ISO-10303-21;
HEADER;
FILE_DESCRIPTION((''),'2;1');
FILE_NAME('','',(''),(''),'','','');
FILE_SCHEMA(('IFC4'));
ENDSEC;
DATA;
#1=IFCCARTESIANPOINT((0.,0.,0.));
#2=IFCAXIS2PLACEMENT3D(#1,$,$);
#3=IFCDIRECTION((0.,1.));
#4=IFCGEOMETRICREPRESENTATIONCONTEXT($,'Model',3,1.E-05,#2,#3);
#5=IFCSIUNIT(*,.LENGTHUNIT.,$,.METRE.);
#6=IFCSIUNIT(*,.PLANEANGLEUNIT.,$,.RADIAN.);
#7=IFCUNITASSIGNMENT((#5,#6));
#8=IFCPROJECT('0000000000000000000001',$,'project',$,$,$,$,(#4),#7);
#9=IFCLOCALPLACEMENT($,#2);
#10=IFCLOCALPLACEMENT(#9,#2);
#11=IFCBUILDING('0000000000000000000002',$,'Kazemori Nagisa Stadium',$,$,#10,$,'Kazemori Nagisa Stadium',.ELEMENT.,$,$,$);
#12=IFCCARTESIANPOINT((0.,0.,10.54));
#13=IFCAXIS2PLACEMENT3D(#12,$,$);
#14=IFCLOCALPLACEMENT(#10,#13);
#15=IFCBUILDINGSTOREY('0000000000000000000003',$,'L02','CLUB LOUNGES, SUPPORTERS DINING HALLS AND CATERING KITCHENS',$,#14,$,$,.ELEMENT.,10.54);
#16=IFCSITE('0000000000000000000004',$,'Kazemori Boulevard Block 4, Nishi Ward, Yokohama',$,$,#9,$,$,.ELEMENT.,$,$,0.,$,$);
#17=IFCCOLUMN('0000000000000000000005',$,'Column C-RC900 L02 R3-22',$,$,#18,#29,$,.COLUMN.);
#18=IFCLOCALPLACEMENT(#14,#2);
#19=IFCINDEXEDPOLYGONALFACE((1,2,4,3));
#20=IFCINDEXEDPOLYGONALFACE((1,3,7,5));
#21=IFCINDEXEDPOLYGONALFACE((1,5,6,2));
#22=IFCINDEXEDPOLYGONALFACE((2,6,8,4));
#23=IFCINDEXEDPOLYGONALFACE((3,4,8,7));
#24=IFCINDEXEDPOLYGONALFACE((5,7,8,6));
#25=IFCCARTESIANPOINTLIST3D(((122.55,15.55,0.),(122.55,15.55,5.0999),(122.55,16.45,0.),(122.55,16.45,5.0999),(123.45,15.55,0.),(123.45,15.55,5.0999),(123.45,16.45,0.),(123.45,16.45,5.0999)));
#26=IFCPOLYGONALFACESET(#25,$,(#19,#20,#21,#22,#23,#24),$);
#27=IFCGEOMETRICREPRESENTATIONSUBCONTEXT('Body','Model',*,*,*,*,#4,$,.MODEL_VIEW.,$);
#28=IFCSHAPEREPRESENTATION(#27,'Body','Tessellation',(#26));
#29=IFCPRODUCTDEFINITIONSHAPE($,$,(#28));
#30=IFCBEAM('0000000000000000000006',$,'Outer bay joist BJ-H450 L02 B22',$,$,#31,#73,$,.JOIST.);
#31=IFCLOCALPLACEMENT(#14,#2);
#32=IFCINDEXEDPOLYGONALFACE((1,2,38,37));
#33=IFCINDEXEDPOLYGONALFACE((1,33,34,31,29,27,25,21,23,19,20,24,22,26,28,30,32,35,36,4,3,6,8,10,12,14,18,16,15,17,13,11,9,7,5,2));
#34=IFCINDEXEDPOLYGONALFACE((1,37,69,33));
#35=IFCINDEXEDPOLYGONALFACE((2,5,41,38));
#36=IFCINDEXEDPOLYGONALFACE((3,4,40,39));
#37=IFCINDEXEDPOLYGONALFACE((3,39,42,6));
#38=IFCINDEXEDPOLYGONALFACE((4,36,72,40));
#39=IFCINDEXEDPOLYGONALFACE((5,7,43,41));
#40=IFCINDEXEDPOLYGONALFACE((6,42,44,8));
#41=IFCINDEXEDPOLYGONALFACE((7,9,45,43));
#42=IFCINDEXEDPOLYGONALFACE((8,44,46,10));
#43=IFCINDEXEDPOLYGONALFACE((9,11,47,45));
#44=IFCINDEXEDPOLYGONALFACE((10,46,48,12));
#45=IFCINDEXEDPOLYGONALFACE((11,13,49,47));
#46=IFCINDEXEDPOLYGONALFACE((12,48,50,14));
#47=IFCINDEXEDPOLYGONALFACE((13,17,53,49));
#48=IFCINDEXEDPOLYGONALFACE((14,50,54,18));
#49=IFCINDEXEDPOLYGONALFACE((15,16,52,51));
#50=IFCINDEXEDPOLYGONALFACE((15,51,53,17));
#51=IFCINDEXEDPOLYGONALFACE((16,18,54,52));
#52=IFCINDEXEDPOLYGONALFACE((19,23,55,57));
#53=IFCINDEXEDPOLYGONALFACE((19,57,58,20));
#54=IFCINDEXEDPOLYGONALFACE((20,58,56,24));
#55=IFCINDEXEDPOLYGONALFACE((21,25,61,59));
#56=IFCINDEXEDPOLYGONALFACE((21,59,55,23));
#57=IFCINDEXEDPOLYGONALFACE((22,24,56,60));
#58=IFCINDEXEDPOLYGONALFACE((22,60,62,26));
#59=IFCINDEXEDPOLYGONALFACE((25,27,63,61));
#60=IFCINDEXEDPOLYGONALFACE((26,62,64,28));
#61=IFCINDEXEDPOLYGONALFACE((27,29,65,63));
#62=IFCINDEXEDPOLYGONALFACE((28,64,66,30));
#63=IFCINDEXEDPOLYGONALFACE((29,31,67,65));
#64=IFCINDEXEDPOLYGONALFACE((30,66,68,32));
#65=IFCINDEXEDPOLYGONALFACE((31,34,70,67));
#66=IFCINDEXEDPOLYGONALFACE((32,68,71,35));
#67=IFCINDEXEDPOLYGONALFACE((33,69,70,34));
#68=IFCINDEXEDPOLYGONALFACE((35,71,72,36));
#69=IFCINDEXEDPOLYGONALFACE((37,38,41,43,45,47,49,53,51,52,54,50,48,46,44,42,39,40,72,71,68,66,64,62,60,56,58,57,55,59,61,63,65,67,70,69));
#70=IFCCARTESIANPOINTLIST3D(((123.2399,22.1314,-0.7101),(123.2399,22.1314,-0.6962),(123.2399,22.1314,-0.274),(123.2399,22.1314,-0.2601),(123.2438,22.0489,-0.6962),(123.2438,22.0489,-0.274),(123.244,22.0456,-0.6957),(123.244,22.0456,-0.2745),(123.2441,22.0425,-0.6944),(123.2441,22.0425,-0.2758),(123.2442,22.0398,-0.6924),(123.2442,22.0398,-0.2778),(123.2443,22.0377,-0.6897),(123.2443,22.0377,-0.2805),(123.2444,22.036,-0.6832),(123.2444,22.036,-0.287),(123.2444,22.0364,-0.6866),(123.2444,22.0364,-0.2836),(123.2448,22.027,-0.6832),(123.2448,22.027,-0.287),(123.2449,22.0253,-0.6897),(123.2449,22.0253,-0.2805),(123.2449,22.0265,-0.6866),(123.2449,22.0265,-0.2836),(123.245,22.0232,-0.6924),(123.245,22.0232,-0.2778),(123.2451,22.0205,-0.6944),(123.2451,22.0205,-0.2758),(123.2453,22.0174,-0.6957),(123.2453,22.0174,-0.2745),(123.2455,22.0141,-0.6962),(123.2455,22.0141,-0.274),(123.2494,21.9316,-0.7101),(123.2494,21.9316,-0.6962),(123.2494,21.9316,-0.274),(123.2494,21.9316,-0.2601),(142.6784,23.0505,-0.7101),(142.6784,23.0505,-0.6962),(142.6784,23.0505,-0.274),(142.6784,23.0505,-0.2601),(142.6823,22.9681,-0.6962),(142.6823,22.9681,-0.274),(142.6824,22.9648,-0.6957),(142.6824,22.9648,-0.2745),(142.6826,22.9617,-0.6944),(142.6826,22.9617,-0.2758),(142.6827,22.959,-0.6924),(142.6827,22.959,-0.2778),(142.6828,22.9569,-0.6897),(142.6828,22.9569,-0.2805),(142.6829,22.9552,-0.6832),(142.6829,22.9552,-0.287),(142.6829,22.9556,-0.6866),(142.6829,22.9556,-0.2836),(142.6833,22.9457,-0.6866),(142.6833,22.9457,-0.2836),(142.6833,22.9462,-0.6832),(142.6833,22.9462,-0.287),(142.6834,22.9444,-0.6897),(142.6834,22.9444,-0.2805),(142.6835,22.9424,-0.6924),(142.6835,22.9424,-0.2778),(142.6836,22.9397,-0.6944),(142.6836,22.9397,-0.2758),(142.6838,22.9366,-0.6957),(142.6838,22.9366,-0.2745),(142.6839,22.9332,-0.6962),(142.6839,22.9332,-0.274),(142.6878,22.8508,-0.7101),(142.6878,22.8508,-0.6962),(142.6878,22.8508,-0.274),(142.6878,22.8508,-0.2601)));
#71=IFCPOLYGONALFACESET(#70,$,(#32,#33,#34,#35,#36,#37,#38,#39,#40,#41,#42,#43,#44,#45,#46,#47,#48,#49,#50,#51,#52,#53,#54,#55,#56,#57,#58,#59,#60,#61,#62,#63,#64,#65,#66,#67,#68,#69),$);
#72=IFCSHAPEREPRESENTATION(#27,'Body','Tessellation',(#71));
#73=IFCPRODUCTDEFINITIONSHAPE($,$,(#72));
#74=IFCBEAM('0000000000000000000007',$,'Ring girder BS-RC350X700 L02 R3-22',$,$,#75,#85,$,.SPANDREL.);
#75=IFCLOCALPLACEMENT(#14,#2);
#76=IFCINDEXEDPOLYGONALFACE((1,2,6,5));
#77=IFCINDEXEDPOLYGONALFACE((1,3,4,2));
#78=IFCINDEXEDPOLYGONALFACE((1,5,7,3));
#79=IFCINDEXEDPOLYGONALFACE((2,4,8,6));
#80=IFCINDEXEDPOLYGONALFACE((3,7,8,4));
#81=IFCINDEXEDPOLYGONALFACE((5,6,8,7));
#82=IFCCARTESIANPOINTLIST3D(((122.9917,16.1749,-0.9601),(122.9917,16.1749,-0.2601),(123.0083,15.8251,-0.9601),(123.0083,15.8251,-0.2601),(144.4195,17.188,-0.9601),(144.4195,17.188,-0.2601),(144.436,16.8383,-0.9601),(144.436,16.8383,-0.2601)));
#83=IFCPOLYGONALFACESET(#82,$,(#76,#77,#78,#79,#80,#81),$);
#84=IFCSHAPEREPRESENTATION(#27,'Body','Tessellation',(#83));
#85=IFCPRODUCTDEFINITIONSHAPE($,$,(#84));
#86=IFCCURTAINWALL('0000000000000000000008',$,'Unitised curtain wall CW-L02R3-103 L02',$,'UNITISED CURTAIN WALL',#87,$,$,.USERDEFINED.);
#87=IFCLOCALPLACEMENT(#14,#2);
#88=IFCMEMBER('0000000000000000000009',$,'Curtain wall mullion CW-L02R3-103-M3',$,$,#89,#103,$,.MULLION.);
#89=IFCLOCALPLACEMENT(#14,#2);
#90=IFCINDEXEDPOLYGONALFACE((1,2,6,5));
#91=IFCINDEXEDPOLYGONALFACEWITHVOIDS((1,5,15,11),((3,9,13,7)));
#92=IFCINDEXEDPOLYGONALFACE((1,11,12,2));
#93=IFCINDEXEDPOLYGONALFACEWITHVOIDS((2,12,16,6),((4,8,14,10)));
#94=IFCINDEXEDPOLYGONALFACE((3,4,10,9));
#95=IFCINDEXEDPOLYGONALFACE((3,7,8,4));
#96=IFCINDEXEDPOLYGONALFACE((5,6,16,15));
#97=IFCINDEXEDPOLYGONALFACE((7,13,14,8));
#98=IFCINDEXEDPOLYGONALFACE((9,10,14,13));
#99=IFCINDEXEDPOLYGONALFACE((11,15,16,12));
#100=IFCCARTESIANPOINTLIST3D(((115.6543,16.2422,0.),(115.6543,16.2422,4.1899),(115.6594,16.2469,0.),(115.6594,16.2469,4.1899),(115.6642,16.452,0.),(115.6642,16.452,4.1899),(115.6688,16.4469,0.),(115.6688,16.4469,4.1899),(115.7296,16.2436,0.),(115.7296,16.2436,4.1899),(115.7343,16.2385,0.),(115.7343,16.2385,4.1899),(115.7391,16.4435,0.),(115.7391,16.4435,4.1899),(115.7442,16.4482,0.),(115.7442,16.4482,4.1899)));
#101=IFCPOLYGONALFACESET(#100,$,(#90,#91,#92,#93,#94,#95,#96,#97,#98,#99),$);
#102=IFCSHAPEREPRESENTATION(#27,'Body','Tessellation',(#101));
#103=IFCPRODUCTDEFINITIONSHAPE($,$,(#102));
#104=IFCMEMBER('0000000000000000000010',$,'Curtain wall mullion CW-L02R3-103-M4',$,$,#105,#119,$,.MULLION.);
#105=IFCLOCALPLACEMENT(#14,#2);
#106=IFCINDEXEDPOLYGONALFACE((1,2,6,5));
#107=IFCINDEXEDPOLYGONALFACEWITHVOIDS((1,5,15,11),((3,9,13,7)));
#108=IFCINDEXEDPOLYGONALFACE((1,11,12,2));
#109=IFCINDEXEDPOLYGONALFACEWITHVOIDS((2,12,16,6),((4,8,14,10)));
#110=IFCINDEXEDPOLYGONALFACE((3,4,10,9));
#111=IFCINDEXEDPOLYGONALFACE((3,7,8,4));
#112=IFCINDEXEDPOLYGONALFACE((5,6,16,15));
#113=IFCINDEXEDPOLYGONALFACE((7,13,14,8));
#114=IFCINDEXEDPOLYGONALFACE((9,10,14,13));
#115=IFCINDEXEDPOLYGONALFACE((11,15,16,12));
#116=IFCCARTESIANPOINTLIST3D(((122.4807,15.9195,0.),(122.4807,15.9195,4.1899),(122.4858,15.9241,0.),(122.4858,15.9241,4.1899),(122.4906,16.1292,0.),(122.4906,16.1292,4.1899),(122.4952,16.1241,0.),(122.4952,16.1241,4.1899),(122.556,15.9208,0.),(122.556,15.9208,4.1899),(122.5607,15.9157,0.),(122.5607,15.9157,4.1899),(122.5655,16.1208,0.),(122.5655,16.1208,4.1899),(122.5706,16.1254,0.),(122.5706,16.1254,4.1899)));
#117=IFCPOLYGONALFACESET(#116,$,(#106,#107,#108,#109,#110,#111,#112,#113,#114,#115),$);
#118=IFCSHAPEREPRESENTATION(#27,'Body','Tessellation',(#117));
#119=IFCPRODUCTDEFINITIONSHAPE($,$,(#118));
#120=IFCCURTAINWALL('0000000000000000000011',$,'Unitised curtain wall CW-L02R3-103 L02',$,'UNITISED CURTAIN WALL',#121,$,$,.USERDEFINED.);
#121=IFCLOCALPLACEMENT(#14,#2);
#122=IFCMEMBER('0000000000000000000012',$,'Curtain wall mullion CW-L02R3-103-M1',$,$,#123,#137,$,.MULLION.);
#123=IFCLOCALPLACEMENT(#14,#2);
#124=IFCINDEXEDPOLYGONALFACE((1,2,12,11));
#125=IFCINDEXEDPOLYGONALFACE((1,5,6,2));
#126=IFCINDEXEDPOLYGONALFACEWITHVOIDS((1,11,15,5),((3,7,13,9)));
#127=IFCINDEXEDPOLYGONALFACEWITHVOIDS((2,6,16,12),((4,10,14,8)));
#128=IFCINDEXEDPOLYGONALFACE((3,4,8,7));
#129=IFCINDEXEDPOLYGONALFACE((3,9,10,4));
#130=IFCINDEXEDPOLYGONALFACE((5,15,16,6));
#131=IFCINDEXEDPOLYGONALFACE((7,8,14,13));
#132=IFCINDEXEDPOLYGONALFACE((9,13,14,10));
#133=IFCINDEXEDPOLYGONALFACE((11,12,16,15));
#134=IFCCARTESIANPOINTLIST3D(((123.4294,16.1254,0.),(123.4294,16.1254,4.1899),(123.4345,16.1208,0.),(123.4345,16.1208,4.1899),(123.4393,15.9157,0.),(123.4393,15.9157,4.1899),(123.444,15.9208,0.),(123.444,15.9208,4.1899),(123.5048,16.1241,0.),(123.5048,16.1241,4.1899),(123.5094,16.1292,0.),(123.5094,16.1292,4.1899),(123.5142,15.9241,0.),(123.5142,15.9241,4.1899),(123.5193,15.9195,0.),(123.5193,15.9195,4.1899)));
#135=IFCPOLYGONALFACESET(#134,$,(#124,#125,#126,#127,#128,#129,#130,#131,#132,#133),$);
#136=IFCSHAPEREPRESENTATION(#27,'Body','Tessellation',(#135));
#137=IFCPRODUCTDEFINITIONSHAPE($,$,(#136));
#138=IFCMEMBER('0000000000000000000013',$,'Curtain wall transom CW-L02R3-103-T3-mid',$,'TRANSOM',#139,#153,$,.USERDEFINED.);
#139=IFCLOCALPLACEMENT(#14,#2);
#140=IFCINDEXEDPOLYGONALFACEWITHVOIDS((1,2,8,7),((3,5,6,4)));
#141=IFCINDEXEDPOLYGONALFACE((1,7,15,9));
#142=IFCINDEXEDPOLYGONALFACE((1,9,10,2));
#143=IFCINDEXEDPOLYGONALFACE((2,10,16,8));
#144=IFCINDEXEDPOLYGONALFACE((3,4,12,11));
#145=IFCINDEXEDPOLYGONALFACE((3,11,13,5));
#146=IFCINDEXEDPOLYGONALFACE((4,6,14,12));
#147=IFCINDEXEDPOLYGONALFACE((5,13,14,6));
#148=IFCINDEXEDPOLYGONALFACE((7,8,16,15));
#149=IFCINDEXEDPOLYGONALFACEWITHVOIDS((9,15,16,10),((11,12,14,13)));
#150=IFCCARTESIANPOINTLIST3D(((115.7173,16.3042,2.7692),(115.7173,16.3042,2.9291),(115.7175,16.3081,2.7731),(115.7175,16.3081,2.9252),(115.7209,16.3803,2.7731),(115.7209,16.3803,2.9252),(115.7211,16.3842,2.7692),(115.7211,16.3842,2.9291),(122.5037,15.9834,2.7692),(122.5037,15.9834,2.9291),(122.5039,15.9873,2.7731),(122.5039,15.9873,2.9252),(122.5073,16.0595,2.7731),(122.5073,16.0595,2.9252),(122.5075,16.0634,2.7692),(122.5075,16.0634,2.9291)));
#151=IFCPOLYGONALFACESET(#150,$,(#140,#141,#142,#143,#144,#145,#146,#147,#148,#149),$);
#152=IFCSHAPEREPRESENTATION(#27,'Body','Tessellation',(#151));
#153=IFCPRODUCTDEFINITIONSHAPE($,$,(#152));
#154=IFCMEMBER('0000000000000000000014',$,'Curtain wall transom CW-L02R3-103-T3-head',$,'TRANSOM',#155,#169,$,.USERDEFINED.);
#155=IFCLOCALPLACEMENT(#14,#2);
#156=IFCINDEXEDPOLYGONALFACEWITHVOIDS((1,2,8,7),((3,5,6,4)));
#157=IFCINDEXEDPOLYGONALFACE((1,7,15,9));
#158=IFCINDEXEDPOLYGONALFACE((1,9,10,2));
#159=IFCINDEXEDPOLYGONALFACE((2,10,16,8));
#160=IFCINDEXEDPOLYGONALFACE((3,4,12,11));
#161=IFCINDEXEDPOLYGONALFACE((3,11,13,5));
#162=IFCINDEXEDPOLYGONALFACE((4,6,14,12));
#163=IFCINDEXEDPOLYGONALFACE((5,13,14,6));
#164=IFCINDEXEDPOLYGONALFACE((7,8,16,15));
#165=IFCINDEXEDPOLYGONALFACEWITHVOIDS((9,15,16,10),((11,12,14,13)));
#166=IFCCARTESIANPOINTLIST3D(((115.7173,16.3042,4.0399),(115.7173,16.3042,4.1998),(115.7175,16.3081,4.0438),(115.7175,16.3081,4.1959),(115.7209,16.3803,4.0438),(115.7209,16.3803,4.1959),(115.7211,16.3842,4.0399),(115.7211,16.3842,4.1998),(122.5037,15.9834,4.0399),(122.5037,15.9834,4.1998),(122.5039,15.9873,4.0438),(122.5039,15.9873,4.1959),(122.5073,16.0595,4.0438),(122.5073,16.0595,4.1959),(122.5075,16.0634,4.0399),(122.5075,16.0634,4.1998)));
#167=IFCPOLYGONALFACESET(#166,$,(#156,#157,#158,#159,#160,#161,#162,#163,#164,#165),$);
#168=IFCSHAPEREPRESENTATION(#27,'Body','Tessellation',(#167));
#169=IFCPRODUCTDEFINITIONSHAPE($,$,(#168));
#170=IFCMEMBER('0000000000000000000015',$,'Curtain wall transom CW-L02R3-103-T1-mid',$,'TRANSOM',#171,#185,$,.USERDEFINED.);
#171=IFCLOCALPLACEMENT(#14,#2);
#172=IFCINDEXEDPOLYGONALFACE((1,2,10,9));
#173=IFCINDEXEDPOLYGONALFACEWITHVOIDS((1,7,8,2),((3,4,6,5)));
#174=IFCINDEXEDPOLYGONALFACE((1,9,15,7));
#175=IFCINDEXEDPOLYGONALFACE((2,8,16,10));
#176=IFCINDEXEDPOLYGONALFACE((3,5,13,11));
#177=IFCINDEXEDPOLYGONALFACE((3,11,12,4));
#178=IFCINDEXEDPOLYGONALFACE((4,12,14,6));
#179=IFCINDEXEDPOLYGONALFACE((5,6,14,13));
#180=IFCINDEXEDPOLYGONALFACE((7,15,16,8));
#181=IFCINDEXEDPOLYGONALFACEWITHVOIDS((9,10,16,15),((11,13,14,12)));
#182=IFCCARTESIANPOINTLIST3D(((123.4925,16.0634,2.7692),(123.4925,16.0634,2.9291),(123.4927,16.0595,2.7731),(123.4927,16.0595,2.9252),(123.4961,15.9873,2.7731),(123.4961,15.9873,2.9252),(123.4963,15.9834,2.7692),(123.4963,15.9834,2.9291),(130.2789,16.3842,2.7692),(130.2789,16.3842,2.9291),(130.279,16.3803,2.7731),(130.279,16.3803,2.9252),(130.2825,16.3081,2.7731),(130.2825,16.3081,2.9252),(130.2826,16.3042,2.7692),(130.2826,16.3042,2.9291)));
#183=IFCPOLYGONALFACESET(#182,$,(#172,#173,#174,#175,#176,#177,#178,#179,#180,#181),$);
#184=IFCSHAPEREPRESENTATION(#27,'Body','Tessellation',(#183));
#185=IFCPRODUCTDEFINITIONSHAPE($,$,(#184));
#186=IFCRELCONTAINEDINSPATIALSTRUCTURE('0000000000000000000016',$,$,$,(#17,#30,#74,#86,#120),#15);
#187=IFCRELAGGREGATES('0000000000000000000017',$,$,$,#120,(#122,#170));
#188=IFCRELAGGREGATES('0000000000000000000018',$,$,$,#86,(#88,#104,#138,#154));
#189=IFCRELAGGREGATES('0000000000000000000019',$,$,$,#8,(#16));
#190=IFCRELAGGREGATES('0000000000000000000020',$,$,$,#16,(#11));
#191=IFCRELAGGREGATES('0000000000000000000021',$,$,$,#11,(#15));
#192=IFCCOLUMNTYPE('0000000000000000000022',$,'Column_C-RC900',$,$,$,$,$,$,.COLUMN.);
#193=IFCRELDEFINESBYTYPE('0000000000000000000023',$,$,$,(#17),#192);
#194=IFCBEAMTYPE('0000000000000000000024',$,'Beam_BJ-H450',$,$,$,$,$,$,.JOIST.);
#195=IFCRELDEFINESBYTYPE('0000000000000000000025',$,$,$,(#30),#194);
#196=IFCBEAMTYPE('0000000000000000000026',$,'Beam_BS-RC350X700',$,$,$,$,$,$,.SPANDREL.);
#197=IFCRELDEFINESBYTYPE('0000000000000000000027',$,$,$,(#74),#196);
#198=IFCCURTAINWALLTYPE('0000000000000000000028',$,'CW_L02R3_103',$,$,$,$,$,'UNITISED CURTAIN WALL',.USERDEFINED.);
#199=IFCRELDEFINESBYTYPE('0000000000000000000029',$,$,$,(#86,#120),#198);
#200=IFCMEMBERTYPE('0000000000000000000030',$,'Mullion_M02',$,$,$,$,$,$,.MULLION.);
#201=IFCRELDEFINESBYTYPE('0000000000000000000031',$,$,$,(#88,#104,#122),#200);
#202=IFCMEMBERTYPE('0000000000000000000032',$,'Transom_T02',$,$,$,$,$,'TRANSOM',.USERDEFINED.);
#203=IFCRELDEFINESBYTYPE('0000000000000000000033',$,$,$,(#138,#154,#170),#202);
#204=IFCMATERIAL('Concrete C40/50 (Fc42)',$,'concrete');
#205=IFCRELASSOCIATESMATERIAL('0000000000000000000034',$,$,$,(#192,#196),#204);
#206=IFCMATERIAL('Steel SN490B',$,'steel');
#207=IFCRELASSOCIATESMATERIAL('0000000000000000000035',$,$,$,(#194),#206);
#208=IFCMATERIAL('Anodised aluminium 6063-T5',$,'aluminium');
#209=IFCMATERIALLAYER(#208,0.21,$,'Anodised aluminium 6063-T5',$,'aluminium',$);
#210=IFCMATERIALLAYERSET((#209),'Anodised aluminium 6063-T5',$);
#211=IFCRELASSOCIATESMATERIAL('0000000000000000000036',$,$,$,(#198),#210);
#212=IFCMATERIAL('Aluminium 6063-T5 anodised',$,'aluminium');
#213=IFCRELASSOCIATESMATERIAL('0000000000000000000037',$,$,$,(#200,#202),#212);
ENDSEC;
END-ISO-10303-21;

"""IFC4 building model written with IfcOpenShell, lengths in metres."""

from ifc_helpers import new_model, si_unit, direction, frame, origin, origin_2d, place, context, subcontext, project, spatial, rectangle, hollow_rectangle, i_section, extrude, material, layer, layer_set, material_profile, profile_set, type_object, element, aggregate, save


model = new_model("IFC4")

# Units and contexts
model_context = context("Model", 3, precision=1e-05, world=origin(), true_north=direction((0.0, 1.0)))
body_context = subcontext(model_context, "Body", "Model", "MODEL_VIEW")
ifc_project = project(units=[si_unit("LENGTHUNIT", "METRE"), si_unit("PLANEANGLEUNIT", "RADIAN")], contexts=[model_context])

# Site, building, storey
site_placement = place(None, origin())
site = spatial("IfcSite", under=ifc_project, at=site_placement, Name="Kazemori Boulevard Block 4, Nishi Ward, Yokohama", CompositionType="ELEMENT", RefElevation=0.0)
building_placement = place(site_placement, origin())
building = spatial("IfcBuilding", under=site, at=building_placement, Name="Kazemori Nagisa Stadium", LongName="Kazemori Nagisa Stadium", CompositionType="ELEMENT")
storey_placement = place(building_placement, frame((0.0, 0.0, 10.54)))
storey = spatial("IfcBuildingStorey", under=building, at=storey_placement, Name="L02", Description="CLUB LOUNGES, SUPPORTERS DINING HALLS AND CATERING KITCHENS", CompositionType="ELEMENT", Elevation=10.54)

# Column
ifc_material_1 = material(Name="Concrete C40/50 (Fc42)", Category="concrete")
ifc_material_profile_1 = material_profile(ifc_material_1, rectangle(XDim=0.8999, YDim=0.8999, at=origin_2d()), Name="RC-COL-900x900")
ifc_profile_set_1 = profile_set([ifc_material_profile_1], Name="Concrete C40/50 (Fc42)")
column_type = type_object("IfcColumnType", Name="Column_C-RC900", PredefinedType="COLUMN", material=ifc_profile_set_1)
column_placement = place(storey_placement, frame((123.0, 16.0, 0.0), z_axis=(0.0, 0.0, 1.0), x_axis=(0.0, -1.0, 0.0)))
element("IfcColumn", 1, at=column_placement, inside=storey, type_object=column_type, Name="Column C-RC900 L02 R3-22", PredefinedType="COLUMN", context=body_context, shape_type="SweptSolid", body=[
    extrude(rectangle(XDim=0.8999, YDim=0.8999, at=origin_2d()), origin(), (0.0, 0.0, 1.0), 5.0999),
])

# Beams
ifc_material_2 = material(Name="Steel SN490B", Category="steel")
ifc_material_profile_2 = material_profile(ifc_material_2, i_section(OverallWidth=0.2, OverallDepth=0.45, WebThickness=0.009, FlangeThickness=0.0139, FilletRadius=0.0129, at=origin_2d()), Name="H-450x200x9x14")
ifc_profile_set_2 = profile_set([ifc_material_profile_2], Name="Steel SN490B")
beam_type_1 = type_object("IfcBeamType", Name="Beam_BJ-H450", PredefinedType="JOIST", material=ifc_profile_set_2)
beam_1_placement = place(storey_placement, frame((123.2446, 22.0315, -0.4851), z_axis=(0.998884, 0.047234, 0.0), x_axis=(-0.047234, 0.998884, 0.0)))
element("IfcBeam", 2, at=beam_1_placement, inside=storey, type_object=beam_type_1, Name="Outer bay joist BJ-H450 L02 B22", PredefinedType="JOIST", context=body_context, shape_type="SweptSolid", body=[
    extrude(i_section(OverallWidth=0.2, OverallDepth=0.45, WebThickness=0.009, FlangeThickness=0.0139, FilletRadius=0.0129, at=origin_2d()), origin(), (0.0, 0.0, 1.0), 19.4602),
])
ifc_material_profile_3 = material_profile(ifc_material_1, rectangle(XDim=0.3501, YDim=0.7, at=origin_2d()), Name="RC-SP-350x700")
ifc_profile_set_3 = profile_set([ifc_material_profile_3], Name="Concrete C40/50 (Fc42)")
beam_type_2 = type_object("IfcBeamType", Name="Beam_BS-RC350X700", PredefinedType="SPANDREL", material=ifc_profile_set_3)
beam_2_placement = place(storey_placement, frame((123.0, 16.0, -0.6101), z_axis=(0.998884, 0.047231, 0.0), x_axis=(-0.047231, 0.998884, 0.0)))
element("IfcBeam", 3, at=beam_2_placement, inside=storey, type_object=beam_type_2, Name="Ring girder BS-RC350X700 L02 R3-22", PredefinedType="SPANDREL", context=body_context, shape_type="SweptSolid", body=[
    extrude(rectangle(XDim=0.3501, YDim=0.7, at=origin_2d()), origin(), (0.0, 0.0, 1.0), 21.4517),
])

# Curtain wall, members
ifc_material_3 = material(Name="Anodised aluminium 6063-T5", Category="aluminium")
ifc_layer_1 = layer(ifc_material_3, 0.21, Name="Anodised aluminium 6063-T5", Category="aluminium")
ifc_layer_set_1 = layer_set([ifc_layer_1], Name="Anodised aluminium 6063-T5")
curtain_wall_type = type_object("IfcCurtainWallType", Name="CW_L02R3_103", ElementType="UNITISED CURTAIN WALL", PredefinedType="USERDEFINED", material=ifc_layer_set_1)
curtain_wall_1_placement = place(storey_placement, origin())
curtain_wall_1 = element("IfcCurtainWall", 4, at=curtain_wall_1_placement, inside=storey, type_object=curtain_wall_type, Name="Unitised curtain wall CW-L02R3-103 L02", ObjectType="UNITISED CURTAIN WALL", PredefinedType="USERDEFINED")
ifc_material_4 = material(Name="Aluminium 6063-T5 anodised", Category="aluminium")
ifc_material_profile_4 = material_profile(ifc_material_4, hollow_rectangle(XDim=0.0801, YDim=0.21, WallThickness=0.0049, at=origin_2d()), Name="ALU-MULL-80x210x5")
ifc_profile_set_4 = profile_set([ifc_material_profile_4], Name="Aluminium 6063-T5 anodised")
member_type_1 = type_object("IfcMemberType", Name="Mullion_M02", PredefinedType="MULLION", material=ifc_profile_set_4)
member_1_placement = place(storey_placement, frame((115.6992, 16.3452, 0.0), z_axis=(0.0, 0.0, 1.0), x_axis=(0.998884, -0.04723, 0.0)))
member_1 = element("IfcMember", 5, at=member_1_placement, type_object=member_type_1, Name="Curtain wall mullion CW-L02R3-103-M3", PredefinedType="MULLION", context=body_context, shape_type="SweptSolid", body=[
    extrude(hollow_rectangle(XDim=0.0801, YDim=0.21, WallThickness=0.0049, at=origin_2d()), origin(), (0.0, 0.0, 1.0), 4.1899),
])
member_2_placement = place(storey_placement, frame((122.5256, 16.0225, 0.0), z_axis=(0.0, 0.0, 1.0), x_axis=(0.998884, -0.04723, 0.0)))
member_2 = element("IfcMember", 6, at=member_2_placement, type_object=member_type_1, Name="Curtain wall mullion CW-L02R3-103-M4", PredefinedType="MULLION", context=body_context, shape_type="SweptSolid", body=[
    extrude(hollow_rectangle(XDim=0.0801, YDim=0.21, WallThickness=0.0049, at=origin_2d()), origin(), (0.0, 0.0, 1.0), 4.1899),
])

# Curtain wall, member
curtain_wall_2_placement = place(storey_placement, origin())
curtain_wall_2 = element("IfcCurtainWall", 7, at=curtain_wall_2_placement, inside=storey, type_object=curtain_wall_type, Name="Unitised curtain wall CW-L02R3-103 L02", ObjectType="UNITISED CURTAIN WALL", PredefinedType="USERDEFINED")
member_3_placement = place(storey_placement, frame((123.4744, 16.0225, 0.0), z_axis=(0.0, 0.0, 1.0), x_axis=(0.998884, 0.04723, 0.0)))
member_3 = element("IfcMember", 8, at=member_3_placement, type_object=member_type_1, Name="Curtain wall mullion CW-L02R3-103-M1", PredefinedType="MULLION", context=body_context, shape_type="SweptSolid", body=[
    extrude(hollow_rectangle(XDim=0.0801, YDim=0.21, WallThickness=0.0049, at=origin_2d()), origin(), (0.0, 0.0, 1.0), 4.1899),
])

# Members
ifc_material_profile_5 = material_profile(ifc_material_4, hollow_rectangle(XDim=0.0801, YDim=0.1599, WallThickness=0.0039, at=origin_2d()), Name="ALU-TRAN-80x160x4")
ifc_profile_set_5 = profile_set([ifc_material_profile_5], Name="Aluminium 6063-T5 anodised")
member_type_2 = type_object("IfcMemberType", Name="Transom_T02", ElementType="TRANSOM", PredefinedType="USERDEFINED", material=ifc_profile_set_5)
member_4_placement = place(storey_placement, frame((115.7192, 16.3442, 2.8491), z_axis=(0.998885, -0.047219, 0.0), x_axis=(0.047219, 0.998885, 0.0)))
member_4 = element("IfcMember", 9, at=member_4_placement, type_object=member_type_2, Name="Curtain wall transom CW-L02R3-103-T3-mid", ObjectType="TRANSOM", PredefinedType="USERDEFINED", context=body_context, shape_type="SweptSolid", body=[
    extrude(hollow_rectangle(XDim=0.0801, YDim=0.1599, WallThickness=0.0039, at=origin_2d()), origin(), (0.0, 0.0, 1.0), 6.7939),
])
member_5_placement = place(storey_placement, frame((115.7192, 16.3442, 4.1199), z_axis=(0.998885, -0.047219, 0.0), x_axis=(0.047219, 0.998885, 0.0)))
member_5 = element("IfcMember", 10, at=member_5_placement, type_object=member_type_2, Name="Curtain wall transom CW-L02R3-103-T3-head", ObjectType="TRANSOM", PredefinedType="USERDEFINED", context=body_context, shape_type="SweptSolid", body=[
    extrude(hollow_rectangle(XDim=0.0801, YDim=0.1599, WallThickness=0.0039, at=origin_2d()), origin(), (0.0, 0.0, 1.0), 6.7939),
])
member_6_placement = place(storey_placement, frame((123.4944, 16.0234, 2.8491), z_axis=(0.998885, 0.047219, 0.0), x_axis=(-0.047219, 0.998885, 0.0)))
member_6 = element("IfcMember", 11, at=member_6_placement, type_object=member_type_2, Name="Curtain wall transom CW-L02R3-103-T1-mid", ObjectType="TRANSOM", PredefinedType="USERDEFINED", context=body_context, shape_type="SweptSolid", body=[
    extrude(hollow_rectangle(XDim=0.0801, YDim=0.1599, WallThickness=0.0039, at=origin_2d()), origin(), (0.0, 0.0, 1.0), 6.7939),
])
aggregate(curtain_wall_2, [member_3, member_6])

aggregate(curtain_wall_1, [member_1, member_2, member_4, member_5])

save(model, "model.ifc")
